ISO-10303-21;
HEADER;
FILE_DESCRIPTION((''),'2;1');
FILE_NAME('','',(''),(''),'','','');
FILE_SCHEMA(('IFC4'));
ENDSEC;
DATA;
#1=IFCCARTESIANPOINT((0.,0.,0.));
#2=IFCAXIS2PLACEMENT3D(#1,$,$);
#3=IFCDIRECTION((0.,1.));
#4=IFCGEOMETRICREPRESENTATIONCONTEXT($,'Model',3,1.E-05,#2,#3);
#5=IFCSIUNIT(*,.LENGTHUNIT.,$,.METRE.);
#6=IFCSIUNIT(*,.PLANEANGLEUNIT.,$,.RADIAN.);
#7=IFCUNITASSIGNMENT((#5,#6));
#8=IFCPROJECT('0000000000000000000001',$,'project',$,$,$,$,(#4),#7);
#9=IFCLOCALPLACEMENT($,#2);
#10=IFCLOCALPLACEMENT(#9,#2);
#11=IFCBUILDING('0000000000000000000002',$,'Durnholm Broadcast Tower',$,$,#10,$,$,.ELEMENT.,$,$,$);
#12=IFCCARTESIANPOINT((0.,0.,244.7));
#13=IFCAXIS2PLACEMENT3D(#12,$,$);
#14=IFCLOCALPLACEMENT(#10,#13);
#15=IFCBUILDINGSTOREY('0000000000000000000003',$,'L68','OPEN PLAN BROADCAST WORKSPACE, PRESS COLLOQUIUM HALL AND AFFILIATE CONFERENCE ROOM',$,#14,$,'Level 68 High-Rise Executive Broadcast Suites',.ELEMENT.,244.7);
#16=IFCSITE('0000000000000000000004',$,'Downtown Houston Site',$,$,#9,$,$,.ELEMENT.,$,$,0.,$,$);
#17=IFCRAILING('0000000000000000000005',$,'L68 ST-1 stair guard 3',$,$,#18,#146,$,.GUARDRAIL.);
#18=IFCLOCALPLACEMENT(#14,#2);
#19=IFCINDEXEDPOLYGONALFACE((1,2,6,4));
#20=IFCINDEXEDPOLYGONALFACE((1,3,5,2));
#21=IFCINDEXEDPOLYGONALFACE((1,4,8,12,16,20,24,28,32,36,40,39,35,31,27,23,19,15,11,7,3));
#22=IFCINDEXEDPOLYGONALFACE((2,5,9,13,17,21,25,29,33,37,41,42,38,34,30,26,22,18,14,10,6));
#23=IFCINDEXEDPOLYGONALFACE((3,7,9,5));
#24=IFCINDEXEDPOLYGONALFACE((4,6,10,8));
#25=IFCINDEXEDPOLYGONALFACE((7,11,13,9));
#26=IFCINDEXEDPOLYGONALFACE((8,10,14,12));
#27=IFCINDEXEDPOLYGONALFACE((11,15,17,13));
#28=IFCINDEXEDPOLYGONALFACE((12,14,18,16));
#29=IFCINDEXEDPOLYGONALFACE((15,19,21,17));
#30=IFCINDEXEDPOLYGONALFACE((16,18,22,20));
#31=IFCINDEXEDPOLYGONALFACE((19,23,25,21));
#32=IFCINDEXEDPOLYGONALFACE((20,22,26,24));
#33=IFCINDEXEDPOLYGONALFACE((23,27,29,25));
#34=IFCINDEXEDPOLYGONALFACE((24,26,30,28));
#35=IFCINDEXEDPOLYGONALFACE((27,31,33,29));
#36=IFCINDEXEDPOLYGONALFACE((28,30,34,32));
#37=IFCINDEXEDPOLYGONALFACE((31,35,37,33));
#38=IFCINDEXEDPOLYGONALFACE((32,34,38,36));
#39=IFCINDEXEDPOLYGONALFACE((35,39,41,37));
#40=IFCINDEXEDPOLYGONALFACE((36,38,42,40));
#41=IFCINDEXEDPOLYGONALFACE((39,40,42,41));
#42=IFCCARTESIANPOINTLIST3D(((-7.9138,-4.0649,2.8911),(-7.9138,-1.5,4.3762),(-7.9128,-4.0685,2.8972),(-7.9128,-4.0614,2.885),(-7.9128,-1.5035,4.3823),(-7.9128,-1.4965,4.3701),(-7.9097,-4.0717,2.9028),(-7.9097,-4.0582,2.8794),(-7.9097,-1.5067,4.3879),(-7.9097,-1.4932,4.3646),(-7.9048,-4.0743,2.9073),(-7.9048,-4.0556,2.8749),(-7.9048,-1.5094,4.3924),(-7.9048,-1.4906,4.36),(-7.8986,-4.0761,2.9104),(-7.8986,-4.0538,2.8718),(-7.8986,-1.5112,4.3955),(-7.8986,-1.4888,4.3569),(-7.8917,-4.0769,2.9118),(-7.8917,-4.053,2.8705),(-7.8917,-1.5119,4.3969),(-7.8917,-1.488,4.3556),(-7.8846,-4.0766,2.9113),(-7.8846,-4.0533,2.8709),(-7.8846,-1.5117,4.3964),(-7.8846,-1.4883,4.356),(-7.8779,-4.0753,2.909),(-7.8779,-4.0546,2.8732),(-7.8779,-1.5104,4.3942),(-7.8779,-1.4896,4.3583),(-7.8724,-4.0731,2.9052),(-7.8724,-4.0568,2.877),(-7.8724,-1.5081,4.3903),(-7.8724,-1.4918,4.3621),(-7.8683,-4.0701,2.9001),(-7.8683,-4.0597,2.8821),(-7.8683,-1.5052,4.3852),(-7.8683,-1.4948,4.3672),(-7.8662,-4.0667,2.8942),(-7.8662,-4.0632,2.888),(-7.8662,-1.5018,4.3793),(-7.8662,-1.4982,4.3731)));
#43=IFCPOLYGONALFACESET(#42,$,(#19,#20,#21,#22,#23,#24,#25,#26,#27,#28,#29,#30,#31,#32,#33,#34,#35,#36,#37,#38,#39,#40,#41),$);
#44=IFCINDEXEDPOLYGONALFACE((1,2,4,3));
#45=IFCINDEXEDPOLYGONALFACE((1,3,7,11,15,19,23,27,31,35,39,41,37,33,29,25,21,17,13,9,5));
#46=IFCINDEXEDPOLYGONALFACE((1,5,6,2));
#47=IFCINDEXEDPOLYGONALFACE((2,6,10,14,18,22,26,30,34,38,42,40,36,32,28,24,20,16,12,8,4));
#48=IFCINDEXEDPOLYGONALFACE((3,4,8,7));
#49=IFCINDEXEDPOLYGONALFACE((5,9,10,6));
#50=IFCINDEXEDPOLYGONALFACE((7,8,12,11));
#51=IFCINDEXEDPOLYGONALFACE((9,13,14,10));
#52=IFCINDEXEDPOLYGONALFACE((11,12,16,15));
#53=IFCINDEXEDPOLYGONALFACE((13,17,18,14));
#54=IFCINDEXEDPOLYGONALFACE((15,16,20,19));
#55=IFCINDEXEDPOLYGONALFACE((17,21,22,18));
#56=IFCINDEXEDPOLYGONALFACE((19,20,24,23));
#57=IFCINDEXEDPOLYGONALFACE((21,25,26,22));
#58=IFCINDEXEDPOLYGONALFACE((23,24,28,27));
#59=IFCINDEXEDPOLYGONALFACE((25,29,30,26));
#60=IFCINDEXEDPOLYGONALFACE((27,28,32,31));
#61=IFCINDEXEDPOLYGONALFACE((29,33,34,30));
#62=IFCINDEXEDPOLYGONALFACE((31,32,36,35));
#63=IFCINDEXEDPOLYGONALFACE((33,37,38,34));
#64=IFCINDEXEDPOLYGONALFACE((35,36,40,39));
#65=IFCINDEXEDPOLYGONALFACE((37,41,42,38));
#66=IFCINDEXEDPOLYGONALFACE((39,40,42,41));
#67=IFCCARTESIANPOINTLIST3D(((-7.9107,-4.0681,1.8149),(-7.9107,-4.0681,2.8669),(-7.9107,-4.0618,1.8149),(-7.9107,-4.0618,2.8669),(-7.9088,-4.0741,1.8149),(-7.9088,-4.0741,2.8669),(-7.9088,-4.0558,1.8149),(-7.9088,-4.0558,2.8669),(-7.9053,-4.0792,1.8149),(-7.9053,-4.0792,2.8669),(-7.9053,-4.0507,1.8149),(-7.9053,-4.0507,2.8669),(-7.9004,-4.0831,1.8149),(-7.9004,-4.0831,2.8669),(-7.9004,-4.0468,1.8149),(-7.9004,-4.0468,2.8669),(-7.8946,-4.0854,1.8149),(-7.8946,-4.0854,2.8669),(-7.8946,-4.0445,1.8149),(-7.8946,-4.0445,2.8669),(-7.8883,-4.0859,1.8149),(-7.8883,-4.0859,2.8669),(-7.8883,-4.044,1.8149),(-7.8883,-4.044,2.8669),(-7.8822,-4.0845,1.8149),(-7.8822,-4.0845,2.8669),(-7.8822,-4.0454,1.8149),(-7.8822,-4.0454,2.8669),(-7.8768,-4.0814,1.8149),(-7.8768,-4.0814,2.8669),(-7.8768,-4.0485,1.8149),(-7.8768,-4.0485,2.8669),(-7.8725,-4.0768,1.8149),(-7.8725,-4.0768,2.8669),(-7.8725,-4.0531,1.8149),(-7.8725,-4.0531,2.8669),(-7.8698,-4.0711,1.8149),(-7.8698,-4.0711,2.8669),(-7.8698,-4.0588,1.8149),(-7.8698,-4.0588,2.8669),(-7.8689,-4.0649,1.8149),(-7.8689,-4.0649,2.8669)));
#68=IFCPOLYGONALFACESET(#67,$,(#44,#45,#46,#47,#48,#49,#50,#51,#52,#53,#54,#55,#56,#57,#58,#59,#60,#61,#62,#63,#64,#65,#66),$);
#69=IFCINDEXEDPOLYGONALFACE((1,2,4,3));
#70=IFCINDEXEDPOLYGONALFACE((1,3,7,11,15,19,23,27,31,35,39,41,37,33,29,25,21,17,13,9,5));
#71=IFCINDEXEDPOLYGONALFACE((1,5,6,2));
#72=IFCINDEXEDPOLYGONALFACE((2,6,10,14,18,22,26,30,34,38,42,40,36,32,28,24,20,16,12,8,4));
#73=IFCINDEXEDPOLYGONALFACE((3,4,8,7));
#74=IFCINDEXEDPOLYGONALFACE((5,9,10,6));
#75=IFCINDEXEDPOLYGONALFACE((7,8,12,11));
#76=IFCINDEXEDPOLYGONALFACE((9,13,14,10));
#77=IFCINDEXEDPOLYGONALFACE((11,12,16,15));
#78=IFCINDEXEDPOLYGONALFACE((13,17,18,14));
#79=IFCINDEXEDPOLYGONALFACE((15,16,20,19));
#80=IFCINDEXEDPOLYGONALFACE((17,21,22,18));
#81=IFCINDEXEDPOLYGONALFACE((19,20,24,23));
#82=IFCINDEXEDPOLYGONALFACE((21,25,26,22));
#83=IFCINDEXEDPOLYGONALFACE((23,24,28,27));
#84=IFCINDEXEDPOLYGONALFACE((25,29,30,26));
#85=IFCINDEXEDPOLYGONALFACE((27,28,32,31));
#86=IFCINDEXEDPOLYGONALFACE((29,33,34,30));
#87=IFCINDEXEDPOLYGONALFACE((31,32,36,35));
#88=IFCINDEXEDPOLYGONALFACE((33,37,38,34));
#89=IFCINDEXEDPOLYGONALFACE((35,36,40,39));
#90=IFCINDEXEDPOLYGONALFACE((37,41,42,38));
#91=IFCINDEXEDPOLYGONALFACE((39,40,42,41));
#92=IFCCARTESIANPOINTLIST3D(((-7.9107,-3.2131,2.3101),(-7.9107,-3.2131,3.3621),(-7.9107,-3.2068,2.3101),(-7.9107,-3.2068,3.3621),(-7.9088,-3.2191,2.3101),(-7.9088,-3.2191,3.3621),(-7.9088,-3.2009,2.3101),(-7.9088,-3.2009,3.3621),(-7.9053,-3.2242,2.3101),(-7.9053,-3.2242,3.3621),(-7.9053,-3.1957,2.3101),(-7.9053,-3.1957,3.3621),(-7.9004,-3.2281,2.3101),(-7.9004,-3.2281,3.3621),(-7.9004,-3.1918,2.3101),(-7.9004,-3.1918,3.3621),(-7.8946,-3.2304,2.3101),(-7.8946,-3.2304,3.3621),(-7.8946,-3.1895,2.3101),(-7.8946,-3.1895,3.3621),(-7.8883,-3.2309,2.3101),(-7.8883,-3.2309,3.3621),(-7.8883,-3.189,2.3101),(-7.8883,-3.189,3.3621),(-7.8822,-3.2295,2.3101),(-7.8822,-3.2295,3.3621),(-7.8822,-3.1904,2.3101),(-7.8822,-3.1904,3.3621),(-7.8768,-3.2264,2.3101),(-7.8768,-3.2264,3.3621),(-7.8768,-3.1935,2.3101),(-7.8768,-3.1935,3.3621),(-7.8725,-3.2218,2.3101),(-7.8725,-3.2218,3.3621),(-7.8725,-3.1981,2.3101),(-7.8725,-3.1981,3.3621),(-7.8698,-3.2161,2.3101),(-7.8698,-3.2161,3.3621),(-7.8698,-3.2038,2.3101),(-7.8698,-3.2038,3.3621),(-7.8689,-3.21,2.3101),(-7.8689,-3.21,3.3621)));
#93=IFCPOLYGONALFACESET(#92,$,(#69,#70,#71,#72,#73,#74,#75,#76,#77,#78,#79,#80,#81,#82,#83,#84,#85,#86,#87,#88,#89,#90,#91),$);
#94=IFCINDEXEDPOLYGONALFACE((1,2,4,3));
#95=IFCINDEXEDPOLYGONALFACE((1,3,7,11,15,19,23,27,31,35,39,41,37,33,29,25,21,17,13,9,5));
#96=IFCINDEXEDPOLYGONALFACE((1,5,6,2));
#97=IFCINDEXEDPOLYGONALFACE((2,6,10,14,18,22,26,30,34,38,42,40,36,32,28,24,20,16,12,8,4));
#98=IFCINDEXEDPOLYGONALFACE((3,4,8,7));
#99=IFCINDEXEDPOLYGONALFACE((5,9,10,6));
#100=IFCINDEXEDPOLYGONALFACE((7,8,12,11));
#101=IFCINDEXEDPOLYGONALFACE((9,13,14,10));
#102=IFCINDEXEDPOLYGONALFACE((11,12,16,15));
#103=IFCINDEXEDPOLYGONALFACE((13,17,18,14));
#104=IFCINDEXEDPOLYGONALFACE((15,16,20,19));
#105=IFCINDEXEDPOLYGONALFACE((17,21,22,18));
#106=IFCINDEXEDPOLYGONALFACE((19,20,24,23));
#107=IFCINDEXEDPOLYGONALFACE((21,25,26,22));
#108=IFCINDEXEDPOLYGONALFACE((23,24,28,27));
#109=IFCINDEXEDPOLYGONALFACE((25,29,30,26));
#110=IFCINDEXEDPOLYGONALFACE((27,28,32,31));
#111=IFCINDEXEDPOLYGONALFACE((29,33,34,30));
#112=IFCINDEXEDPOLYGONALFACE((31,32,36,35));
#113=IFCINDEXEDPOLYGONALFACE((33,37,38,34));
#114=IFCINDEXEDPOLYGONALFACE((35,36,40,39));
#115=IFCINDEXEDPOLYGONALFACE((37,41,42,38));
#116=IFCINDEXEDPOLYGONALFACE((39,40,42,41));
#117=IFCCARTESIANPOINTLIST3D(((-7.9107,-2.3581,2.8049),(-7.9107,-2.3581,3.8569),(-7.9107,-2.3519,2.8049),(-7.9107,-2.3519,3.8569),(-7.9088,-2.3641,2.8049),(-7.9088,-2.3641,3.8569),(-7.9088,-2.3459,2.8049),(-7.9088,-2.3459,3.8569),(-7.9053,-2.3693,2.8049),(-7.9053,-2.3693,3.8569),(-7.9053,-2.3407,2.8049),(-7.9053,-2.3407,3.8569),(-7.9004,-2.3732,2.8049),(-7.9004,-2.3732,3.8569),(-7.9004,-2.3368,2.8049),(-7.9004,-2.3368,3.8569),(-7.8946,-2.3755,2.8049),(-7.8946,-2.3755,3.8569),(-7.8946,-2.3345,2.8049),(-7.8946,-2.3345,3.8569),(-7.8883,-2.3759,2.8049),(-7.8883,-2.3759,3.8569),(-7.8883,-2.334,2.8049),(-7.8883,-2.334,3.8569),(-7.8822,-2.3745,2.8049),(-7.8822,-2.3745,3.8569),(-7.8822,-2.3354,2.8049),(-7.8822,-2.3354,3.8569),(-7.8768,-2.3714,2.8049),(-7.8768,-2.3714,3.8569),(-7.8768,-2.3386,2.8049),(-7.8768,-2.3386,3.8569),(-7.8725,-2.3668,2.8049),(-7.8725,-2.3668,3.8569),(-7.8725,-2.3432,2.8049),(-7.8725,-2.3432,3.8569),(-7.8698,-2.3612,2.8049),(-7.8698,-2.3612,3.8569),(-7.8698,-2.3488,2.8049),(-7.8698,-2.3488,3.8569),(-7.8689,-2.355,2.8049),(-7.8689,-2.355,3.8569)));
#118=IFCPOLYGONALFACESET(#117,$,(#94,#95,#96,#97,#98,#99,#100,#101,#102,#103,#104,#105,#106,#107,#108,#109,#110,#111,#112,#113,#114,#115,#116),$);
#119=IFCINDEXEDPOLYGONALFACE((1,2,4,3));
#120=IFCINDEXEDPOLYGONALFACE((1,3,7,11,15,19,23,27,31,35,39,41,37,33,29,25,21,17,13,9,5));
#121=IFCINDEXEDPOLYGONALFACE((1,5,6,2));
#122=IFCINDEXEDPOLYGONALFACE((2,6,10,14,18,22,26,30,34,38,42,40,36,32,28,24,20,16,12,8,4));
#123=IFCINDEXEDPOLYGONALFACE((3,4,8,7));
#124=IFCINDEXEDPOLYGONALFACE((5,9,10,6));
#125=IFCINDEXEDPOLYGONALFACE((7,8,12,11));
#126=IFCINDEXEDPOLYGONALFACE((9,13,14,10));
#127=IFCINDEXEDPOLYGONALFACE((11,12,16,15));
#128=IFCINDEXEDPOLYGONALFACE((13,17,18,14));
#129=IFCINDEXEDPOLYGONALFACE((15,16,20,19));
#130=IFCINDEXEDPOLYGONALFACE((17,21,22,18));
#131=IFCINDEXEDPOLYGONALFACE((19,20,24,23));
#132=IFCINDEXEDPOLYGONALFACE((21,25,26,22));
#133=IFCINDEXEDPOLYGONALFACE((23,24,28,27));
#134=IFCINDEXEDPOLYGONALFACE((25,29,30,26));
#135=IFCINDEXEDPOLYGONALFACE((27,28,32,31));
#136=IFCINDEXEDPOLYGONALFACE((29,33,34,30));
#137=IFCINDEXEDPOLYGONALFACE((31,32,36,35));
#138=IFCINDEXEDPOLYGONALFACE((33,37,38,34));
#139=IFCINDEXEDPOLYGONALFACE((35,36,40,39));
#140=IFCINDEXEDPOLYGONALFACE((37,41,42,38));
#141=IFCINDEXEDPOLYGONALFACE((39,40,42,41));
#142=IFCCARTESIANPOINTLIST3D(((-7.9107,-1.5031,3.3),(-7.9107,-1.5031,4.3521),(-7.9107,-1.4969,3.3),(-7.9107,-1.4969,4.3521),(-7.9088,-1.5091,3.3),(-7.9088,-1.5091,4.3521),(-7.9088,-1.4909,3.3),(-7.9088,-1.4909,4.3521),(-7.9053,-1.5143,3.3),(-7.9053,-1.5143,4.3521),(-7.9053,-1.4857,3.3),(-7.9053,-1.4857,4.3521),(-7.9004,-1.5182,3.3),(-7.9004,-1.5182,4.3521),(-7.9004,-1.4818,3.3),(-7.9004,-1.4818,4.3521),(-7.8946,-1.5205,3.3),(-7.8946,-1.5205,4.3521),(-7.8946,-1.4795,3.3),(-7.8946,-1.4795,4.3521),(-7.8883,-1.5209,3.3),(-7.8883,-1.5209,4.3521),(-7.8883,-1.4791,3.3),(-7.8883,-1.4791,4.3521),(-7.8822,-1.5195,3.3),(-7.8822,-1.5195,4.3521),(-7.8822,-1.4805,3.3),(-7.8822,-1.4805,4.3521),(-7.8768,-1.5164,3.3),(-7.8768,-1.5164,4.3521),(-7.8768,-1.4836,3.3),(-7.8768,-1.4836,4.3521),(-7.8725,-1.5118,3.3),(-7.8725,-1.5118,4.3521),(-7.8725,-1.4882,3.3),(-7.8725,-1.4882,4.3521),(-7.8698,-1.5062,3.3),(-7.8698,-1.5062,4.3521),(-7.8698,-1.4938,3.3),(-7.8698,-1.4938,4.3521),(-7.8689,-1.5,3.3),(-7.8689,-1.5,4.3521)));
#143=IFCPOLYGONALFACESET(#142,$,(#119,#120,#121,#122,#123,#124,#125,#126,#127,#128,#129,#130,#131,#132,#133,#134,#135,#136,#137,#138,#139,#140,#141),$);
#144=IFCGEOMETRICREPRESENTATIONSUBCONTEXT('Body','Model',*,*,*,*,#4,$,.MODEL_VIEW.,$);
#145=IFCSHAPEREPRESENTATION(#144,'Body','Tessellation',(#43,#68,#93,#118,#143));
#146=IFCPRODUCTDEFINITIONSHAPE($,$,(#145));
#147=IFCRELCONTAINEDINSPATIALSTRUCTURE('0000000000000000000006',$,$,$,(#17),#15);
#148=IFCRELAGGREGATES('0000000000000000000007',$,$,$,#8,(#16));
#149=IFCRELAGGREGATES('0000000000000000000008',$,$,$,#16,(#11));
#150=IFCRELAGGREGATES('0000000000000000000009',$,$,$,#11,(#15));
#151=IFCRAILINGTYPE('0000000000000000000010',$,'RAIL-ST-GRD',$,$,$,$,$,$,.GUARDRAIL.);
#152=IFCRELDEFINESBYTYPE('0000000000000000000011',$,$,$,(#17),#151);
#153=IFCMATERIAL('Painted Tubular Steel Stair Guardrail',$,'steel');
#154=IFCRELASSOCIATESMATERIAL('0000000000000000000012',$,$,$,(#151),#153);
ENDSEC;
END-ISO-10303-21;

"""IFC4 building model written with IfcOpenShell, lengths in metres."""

from ifc_helpers import new_model, si_unit, direction, frame, origin, origin_2d, place, context, subcontext, project, spatial, circle, extrude, material, type_object, element, save


model = new_model("IFC4")

# Units and contexts
model_context = context("Model", 3, precision=1e-05, world=origin(), true_north=direction((0.0, 1.0)))
body_context = subcontext(model_context, "Body", "Model", "MODEL_VIEW")
ifc_project = project(units=[si_unit("LENGTHUNIT", "METRE"), si_unit("PLANEANGLEUNIT", "RADIAN")], contexts=[model_context])

# Site, building, storey
site_placement = place(None, origin())
site = spatial("IfcSite", under=ifc_project, at=site_placement, Name="Downtown Houston Site", CompositionType="ELEMENT", RefElevation=0.0)
building_placement = place(site_placement, origin())
building = spatial("IfcBuilding", under=site, at=building_placement, Name="Durnholm Broadcast Tower", CompositionType="ELEMENT")
storey_placement = place(building_placement, frame((0.0, 0.0, 244.7)))
storey = spatial("IfcBuildingStorey", under=building, at=storey_placement, Name="L68", Description="OPEN PLAN BROADCAST WORKSPACE, PRESS COLLOQUIUM HALL AND AFFILIATE CONFERENCE ROOM", LongName="Level 68 High-Rise Executive Broadcast Suites", CompositionType="ELEMENT", Elevation=244.7)

# Railing
ifc_material_1 = material(Name="Painted Tubular Steel Stair Guardrail", Category="steel")
railing_type_1 = type_object("IfcRailingType", Name="RAIL-ST-GRD", PredefinedType="GUARDRAIL", material=ifc_material_1)
railing_1_placement = place(storey_placement, frame((-7.8899, -4.0649, 1.8149)))
element("IfcRailing", 1, at=railing_1_placement, inside=storey, type_object=railing_type_1, Name="L68 ST-1 stair guard 3", PredefinedType="GUARDRAIL", context=body_context, shape_type="SweptSolid", body=[
    extrude(circle(Radius=0.0239, at=origin_2d()), frame((0.0, 0.0, 1.0762), z_axis=(0.0, 0.865406, 0.501072), x_axis=(-1.0, 0.0, 0.0)), (0.0, 0.0, 1.0), 2.9639),
    extrude(circle(Radius=0.021, at=origin_2d()), origin(), (0.0, 0.0, 1.0), 1.052),
    extrude(circle(Radius=0.021, at=origin_2d()), frame((0.0, 0.855, 0.4951)), (0.0, 0.0, 1.0), 1.052),
    extrude(circle(Radius=0.021, at=origin_2d()), frame((0.0, 1.71, 0.99)), (0.0, 0.0, 1.0), 1.052),
    extrude(circle(Radius=0.021, at=origin_2d()), frame((0.0, 2.5649, 1.4851)), (0.0, 0.0, 1.0), 1.052),
])

save(model, "model.ifc")
